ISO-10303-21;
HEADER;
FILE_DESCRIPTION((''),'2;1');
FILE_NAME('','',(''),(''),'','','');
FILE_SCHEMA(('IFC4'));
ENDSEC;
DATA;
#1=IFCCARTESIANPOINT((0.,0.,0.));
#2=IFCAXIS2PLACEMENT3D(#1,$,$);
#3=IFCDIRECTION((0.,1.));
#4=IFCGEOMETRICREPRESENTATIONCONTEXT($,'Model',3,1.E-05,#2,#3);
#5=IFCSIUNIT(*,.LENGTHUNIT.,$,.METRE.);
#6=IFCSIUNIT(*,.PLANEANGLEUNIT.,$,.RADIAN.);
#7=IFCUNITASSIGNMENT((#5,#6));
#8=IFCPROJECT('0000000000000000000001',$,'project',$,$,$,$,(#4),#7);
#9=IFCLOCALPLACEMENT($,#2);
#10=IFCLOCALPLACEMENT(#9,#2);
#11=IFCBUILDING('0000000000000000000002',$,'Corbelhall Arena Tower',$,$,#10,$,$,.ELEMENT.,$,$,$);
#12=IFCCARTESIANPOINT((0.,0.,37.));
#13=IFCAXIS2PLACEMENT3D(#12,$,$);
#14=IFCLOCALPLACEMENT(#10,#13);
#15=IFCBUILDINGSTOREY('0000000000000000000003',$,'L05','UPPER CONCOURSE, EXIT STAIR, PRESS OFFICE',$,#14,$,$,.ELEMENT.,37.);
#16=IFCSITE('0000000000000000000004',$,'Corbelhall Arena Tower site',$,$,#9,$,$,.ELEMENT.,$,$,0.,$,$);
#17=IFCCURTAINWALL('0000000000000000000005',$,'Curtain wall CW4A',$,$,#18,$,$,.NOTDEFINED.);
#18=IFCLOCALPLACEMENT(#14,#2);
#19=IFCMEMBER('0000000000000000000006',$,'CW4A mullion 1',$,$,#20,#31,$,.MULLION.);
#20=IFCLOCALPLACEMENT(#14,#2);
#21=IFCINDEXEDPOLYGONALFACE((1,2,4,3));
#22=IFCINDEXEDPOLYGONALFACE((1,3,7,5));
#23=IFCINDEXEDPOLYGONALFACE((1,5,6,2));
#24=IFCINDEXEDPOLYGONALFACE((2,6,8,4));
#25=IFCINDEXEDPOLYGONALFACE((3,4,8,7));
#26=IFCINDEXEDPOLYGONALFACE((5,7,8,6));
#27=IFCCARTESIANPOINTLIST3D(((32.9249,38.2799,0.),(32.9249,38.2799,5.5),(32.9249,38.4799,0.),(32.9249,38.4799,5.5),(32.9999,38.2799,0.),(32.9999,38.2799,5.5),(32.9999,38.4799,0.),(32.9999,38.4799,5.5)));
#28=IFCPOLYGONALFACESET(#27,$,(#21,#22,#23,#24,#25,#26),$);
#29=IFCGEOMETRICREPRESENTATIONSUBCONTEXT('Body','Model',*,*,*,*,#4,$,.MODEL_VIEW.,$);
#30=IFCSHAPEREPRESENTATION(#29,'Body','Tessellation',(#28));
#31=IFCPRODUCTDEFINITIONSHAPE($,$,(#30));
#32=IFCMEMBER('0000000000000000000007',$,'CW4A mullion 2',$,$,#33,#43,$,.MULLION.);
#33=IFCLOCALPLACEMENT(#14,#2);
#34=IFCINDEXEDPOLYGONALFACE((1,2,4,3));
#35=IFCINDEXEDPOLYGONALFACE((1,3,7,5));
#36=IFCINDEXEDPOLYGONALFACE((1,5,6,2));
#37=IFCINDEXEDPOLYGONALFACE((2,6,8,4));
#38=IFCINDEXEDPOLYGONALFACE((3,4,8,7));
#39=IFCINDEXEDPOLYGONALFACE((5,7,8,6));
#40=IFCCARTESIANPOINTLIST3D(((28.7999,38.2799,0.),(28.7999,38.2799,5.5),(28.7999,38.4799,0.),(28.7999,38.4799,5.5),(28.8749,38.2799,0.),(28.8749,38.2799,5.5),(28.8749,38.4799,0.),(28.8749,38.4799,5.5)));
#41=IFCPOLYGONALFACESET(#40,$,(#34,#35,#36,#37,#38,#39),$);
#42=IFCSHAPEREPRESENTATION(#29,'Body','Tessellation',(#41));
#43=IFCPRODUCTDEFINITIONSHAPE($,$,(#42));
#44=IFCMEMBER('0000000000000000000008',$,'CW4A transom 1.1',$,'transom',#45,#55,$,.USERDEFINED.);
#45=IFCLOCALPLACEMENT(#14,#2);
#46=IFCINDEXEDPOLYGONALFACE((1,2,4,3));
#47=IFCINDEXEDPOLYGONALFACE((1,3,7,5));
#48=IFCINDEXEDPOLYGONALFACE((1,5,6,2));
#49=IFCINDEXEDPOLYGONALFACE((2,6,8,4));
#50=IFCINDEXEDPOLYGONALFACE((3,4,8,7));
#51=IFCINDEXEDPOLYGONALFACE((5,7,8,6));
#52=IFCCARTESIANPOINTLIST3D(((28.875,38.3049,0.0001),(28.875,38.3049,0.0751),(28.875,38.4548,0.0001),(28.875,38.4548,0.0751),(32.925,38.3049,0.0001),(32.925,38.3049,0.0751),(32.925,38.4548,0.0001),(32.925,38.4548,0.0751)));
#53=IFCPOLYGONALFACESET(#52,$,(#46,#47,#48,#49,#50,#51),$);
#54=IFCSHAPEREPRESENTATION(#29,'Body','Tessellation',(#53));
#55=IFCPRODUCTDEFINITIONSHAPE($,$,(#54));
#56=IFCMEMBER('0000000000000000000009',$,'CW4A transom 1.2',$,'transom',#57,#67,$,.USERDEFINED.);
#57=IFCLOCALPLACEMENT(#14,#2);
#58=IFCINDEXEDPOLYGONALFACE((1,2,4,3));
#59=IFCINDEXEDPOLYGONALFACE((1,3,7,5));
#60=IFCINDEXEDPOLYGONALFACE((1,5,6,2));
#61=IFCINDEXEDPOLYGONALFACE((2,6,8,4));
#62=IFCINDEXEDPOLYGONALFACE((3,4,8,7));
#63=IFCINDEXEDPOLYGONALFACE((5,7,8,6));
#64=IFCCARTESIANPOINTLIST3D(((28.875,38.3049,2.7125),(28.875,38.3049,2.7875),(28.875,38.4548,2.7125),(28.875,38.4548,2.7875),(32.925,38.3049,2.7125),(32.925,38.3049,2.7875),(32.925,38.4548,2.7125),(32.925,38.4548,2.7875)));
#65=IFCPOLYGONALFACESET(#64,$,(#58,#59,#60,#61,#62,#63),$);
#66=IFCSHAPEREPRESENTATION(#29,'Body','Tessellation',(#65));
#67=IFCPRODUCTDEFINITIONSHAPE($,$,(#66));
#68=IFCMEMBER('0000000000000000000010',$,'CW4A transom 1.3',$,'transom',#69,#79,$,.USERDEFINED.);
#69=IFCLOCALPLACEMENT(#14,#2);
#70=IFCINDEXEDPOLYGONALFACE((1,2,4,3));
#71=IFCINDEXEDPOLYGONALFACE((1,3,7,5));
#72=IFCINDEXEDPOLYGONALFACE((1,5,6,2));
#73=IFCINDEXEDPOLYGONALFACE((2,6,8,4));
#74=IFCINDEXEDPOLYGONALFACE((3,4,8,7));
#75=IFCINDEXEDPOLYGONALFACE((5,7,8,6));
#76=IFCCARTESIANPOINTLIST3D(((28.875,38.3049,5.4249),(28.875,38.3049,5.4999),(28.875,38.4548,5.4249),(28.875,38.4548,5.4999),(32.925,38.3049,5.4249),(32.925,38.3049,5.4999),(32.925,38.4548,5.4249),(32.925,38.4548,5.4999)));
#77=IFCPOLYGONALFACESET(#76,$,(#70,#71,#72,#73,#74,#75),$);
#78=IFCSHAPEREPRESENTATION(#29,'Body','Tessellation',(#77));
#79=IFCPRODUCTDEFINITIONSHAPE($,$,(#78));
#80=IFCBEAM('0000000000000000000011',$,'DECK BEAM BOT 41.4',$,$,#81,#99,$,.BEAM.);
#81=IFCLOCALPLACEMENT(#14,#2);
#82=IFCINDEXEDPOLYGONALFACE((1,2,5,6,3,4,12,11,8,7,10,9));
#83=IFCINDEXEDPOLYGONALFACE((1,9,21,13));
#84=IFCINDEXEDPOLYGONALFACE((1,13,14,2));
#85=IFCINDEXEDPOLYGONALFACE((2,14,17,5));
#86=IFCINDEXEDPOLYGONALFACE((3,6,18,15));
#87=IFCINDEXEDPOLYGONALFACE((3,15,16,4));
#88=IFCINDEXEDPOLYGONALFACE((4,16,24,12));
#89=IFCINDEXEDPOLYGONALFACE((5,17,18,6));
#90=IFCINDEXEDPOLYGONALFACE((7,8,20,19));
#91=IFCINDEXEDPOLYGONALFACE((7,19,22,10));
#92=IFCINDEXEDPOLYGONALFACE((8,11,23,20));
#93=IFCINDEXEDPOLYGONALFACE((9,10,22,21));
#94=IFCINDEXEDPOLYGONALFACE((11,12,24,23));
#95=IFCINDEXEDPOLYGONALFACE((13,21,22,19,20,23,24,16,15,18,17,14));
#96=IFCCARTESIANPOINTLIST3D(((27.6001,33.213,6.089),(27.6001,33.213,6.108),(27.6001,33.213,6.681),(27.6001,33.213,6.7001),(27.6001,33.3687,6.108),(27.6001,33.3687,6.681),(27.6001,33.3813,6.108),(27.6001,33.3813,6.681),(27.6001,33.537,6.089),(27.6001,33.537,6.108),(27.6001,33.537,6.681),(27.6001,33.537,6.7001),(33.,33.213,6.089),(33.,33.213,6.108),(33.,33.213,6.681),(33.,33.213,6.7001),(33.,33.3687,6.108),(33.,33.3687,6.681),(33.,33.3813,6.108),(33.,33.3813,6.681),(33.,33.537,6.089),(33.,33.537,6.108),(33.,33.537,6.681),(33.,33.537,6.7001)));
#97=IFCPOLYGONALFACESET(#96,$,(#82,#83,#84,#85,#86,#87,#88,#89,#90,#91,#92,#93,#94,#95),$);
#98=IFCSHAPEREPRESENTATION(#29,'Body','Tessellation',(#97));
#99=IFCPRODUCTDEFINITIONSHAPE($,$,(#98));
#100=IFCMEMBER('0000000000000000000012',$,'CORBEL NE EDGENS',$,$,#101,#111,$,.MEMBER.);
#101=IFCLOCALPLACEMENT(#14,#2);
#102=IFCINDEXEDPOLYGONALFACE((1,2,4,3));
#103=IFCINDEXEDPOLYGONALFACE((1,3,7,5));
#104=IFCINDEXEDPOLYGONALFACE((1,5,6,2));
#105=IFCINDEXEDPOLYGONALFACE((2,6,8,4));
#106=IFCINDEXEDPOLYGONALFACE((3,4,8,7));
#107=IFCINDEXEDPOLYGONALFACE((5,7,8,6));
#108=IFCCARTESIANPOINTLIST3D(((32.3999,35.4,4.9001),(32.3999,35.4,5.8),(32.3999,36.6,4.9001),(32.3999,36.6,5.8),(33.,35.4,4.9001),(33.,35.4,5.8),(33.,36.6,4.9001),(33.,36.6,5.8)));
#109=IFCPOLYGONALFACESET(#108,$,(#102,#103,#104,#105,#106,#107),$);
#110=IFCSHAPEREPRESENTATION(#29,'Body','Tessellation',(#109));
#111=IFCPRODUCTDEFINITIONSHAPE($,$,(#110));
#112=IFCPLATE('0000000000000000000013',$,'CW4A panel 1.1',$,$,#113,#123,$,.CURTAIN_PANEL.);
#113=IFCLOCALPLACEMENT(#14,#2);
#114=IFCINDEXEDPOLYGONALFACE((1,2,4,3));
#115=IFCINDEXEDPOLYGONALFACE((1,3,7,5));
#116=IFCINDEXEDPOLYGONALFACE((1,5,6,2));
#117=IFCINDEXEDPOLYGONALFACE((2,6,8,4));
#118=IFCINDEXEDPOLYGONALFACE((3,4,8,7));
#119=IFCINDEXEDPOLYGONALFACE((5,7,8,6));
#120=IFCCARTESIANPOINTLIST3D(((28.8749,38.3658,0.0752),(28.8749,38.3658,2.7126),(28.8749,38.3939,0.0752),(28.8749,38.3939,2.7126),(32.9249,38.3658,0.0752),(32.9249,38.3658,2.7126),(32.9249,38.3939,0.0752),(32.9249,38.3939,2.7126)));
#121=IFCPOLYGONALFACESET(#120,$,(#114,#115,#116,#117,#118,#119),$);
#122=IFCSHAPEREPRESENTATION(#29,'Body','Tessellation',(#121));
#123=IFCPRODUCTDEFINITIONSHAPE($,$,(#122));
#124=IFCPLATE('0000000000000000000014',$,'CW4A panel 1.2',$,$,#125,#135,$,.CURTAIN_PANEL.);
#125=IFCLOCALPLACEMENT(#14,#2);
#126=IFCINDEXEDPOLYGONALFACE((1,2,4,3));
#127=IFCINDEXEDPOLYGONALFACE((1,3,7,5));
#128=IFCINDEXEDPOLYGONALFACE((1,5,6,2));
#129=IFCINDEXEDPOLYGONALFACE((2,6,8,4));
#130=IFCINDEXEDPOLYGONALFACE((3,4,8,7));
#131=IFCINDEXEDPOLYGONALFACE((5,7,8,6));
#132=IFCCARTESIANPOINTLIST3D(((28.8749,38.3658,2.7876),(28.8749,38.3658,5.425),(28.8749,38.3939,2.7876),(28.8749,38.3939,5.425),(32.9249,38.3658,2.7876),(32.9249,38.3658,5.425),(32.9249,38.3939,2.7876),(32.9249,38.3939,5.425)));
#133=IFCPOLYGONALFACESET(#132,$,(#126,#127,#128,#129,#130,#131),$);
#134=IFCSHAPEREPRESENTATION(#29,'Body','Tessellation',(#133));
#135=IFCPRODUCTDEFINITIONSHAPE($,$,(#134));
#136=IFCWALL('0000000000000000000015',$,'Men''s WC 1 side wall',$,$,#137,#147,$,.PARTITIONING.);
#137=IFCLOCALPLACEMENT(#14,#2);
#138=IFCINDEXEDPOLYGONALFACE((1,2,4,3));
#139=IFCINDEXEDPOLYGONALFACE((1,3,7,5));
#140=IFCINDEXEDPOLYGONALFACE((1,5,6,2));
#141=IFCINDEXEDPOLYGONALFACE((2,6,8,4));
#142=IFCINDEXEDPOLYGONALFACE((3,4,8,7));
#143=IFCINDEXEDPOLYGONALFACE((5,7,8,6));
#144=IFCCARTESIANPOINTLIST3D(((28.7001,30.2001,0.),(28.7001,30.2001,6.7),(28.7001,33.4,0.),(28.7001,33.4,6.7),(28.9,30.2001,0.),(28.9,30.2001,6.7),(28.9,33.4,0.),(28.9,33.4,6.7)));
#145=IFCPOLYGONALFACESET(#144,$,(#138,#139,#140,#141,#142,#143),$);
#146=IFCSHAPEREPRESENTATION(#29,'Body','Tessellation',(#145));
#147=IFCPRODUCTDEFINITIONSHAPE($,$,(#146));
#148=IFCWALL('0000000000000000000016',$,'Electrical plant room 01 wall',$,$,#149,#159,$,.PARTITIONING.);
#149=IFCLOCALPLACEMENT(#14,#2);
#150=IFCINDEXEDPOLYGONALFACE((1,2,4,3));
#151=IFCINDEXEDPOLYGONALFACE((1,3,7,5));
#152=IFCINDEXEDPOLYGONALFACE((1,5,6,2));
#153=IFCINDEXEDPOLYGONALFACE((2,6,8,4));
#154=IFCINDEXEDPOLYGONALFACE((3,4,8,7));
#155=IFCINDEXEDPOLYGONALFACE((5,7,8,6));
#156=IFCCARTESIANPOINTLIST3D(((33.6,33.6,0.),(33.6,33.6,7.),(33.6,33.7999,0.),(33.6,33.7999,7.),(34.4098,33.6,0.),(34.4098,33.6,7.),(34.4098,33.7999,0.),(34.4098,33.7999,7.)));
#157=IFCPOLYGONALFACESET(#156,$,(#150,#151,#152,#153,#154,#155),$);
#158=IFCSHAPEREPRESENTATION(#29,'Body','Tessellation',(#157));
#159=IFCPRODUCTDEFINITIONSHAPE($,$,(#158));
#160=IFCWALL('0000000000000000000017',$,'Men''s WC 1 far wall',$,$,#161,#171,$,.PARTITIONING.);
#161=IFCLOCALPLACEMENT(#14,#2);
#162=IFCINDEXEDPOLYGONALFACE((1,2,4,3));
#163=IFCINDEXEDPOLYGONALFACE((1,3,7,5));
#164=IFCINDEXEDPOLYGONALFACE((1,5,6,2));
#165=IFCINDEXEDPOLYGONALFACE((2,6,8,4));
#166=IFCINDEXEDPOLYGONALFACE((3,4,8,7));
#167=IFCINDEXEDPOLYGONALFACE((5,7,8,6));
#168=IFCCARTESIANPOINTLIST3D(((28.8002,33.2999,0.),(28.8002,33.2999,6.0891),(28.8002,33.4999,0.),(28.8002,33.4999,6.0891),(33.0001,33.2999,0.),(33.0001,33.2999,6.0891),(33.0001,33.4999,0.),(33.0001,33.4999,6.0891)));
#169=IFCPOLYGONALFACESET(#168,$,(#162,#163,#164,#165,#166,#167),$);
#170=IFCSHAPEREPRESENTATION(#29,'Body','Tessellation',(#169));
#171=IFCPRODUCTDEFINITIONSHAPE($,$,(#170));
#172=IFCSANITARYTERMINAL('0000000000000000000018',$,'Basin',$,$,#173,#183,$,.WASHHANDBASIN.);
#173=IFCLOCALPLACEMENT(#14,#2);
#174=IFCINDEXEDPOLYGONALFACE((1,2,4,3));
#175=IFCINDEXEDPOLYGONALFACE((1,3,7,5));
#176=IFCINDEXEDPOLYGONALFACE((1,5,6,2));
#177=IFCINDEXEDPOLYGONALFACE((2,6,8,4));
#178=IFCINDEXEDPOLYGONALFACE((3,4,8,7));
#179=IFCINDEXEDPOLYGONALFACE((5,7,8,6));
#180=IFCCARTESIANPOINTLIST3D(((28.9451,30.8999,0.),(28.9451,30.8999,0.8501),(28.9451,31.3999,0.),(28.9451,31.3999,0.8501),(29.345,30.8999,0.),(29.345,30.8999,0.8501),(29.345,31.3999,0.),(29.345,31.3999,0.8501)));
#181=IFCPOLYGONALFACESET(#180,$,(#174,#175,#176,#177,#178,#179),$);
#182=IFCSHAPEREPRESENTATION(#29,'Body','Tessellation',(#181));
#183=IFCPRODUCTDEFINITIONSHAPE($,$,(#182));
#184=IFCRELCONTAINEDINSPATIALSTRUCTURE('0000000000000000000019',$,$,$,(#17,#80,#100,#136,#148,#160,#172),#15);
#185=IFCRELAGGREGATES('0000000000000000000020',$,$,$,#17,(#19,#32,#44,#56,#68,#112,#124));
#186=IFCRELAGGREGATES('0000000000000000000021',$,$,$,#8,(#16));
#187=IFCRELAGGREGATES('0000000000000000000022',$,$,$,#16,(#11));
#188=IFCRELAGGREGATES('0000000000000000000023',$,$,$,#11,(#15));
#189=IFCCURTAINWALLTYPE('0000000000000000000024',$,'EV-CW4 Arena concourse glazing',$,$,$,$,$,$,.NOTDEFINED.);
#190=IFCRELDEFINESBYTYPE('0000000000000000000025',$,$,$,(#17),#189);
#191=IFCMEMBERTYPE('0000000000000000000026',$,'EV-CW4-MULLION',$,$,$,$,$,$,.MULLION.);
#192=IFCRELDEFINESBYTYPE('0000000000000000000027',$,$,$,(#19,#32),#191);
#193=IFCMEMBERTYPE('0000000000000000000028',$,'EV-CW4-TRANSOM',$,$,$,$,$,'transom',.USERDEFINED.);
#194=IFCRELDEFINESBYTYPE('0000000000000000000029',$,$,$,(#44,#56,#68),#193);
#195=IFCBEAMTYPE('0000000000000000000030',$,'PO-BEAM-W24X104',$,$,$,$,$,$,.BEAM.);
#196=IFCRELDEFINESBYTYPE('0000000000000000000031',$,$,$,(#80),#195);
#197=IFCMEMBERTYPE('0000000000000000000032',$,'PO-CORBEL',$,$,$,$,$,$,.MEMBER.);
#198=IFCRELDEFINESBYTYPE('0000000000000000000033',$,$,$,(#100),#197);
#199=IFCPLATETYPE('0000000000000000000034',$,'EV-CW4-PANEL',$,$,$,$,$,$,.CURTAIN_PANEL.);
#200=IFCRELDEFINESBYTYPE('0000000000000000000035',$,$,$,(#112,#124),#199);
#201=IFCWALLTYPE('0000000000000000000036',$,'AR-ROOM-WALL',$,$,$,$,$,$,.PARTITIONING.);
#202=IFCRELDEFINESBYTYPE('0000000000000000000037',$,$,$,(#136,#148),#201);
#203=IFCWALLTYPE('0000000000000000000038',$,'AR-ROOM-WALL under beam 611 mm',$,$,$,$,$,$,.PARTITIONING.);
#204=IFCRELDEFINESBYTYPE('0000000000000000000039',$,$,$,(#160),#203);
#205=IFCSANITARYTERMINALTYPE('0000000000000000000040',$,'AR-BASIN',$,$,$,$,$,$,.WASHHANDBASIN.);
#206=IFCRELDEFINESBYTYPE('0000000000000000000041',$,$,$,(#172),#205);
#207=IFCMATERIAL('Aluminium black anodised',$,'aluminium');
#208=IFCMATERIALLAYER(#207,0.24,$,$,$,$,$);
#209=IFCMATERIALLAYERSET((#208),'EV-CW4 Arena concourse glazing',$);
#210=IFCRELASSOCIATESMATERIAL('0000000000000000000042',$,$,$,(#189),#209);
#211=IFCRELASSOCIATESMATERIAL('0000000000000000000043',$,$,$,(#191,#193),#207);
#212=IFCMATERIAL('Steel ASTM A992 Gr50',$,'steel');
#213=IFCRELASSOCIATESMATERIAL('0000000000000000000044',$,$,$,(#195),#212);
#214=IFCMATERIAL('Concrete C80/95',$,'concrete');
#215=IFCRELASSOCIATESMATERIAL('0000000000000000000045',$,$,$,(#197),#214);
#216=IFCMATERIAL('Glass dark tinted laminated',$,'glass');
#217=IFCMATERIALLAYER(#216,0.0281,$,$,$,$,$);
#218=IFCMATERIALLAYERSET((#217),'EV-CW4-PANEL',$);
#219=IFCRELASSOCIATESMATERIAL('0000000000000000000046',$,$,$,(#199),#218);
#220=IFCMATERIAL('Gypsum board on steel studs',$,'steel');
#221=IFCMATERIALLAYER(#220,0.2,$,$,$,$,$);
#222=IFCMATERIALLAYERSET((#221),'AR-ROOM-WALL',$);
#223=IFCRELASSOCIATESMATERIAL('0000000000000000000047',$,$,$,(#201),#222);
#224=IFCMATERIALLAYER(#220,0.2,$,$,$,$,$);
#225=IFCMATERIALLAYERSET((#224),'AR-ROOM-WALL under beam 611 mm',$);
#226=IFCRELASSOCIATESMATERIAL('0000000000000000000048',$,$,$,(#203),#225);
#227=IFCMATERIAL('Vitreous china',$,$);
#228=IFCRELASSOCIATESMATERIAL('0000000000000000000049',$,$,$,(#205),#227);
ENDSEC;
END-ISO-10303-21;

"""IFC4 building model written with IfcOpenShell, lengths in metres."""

from ifc_helpers import new_model, si_unit, direction, frame, frame_2d, origin, origin_2d, place, context, subcontext, project, spatial, rectangle, i_section, extrude, material, layer, layer_set, material_profile, profile_set, type_object, element, aggregate, save


model = new_model("IFC4")

# Units and contexts
model_context = context("Model", 3, precision=1e-05, world=origin(), true_north=direction((0.0, 1.0)))
body_context = subcontext(model_context, "Body", "Model", "MODEL_VIEW")
ifc_project = project(units=[si_unit("LENGTHUNIT", "METRE"), si_unit("PLANEANGLEUNIT", "RADIAN")], contexts=[model_context])

# Site, building, storey
site_placement = place(None, origin())
site = spatial("IfcSite", under=ifc_project, at=site_placement, Name="Corbelhall Arena Tower site", CompositionType="ELEMENT", RefElevation=0.0)
building_placement = place(site_placement, origin())
building = spatial("IfcBuilding", under=site, at=building_placement, Name="Corbelhall Arena Tower", CompositionType="ELEMENT")
storey_placement = place(building_placement, frame((0.0, 0.0, 37.0)))
storey = spatial("IfcBuildingStorey", under=building, at=storey_placement, Name="L05", Description="UPPER CONCOURSE, EXIT STAIR, PRESS OFFICE", CompositionType="ELEMENT", Elevation=37.0)

# Curtain wall, members
ifc_material_1 = material(Name="Aluminium black anodised", Category="aluminium")
ifc_layer_1 = layer(ifc_material_1, 0.24)
ifc_layer_set_1 = layer_set([ifc_layer_1], Name="EV-CW4 Arena concourse glazing")
curtain_wall_type = type_object("IfcCurtainWallType", Name="EV-CW4 Arena concourse glazing", PredefinedType="NOTDEFINED", material=ifc_layer_set_1)
curtain_wall_placement = place(storey_placement, origin())
curtain_wall = element("IfcCurtainWall", 1, at=curtain_wall_placement, inside=storey, type_object=curtain_wall_type, Name="Curtain wall CW4A", PredefinedType="NOTDEFINED")
ifc_material_profile_1 = material_profile(ifc_material_1, rectangle(XDim=0.2, YDim=0.075, at=origin_2d()))
ifc_profile_set_1 = profile_set([ifc_material_profile_1], Name="Aluminium black anodised")
member_type_1 = type_object("IfcMemberType", Name="EV-CW4-MULLION", PredefinedType="MULLION", material=ifc_profile_set_1)
member_1_placement = place(storey_placement, frame((32.9624, 38.3799, 0.0), z_axis=(0.0, 0.0, 1.0), x_axis=(0.0, -1.0, 0.0)))
member_1 = element("IfcMember", 2, at=member_1_placement, type_object=member_type_1, Name="CW4A mullion 1", PredefinedType="MULLION", context=body_context, shape_type="SweptSolid", body=[
    extrude(rectangle(XDim=0.2, YDim=0.075, at=origin_2d()), origin(), (0.0, 0.0, 1.0), 5.5),
])
member_2_placement = place(storey_placement, frame((28.8374, 38.3799, 0.0), z_axis=(0.0, 0.0, 1.0), x_axis=(0.0, -1.0, 0.0)))
member_2 = element("IfcMember", 3, at=member_2_placement, type_object=member_type_1, Name="CW4A mullion 2", PredefinedType="MULLION", context=body_context, shape_type="SweptSolid", body=[
    extrude(rectangle(XDim=0.2, YDim=0.075, at=origin_2d()), origin(), (0.0, 0.0, 1.0), 5.5),
])
ifc_material_profile_2 = material_profile(ifc_material_1, rectangle(XDim=0.1499, YDim=0.075, at=origin_2d()))
ifc_profile_set_2 = profile_set([ifc_material_profile_2], Name="Aluminium black anodised")
member_type_2 = type_object("IfcMemberType", Name="EV-CW4-TRANSOM", ElementType="transom", PredefinedType="USERDEFINED", material=ifc_profile_set_2)
member_3_placement = place(storey_placement, frame((32.925, 38.3799, 0.0376), z_axis=(-1.0, 0.0, 0.0), x_axis=(0.0, -1.0, 0.0)))
member_3 = element("IfcMember", 4, at=member_3_placement, type_object=member_type_2, Name="CW4A transom 1.1", ObjectType="transom", PredefinedType="USERDEFINED", context=body_context, shape_type="SweptSolid", body=[
    extrude(rectangle(XDim=0.1499, YDim=0.075, at=origin_2d()), origin(), (0.0, 0.0, 1.0), 4.05),
])
member_4_placement = place(storey_placement, frame((32.925, 38.3799, 2.75), z_axis=(-1.0, 0.0, 0.0), x_axis=(0.0, -1.0, 0.0)))
member_4 = element("IfcMember", 5, at=member_4_placement, type_object=member_type_2, Name="CW4A transom 1.2", ObjectType="transom", PredefinedType="USERDEFINED", context=body_context, shape_type="SweptSolid", body=[
    extrude(rectangle(XDim=0.1499, YDim=0.075, at=origin_2d()), origin(), (0.0, 0.0, 1.0), 4.05),
])
member_5_placement = place(storey_placement, frame((32.925, 38.3799, 5.4624), z_axis=(-1.0, 0.0, 0.0), x_axis=(0.0, -1.0, 0.0)))
member_5 = element("IfcMember", 6, at=member_5_placement, type_object=member_type_2, Name="CW4A transom 1.3", ObjectType="transom", PredefinedType="USERDEFINED", context=body_context, shape_type="SweptSolid", body=[
    extrude(rectangle(XDim=0.1499, YDim=0.075, at=origin_2d()), origin(), (0.0, 0.0, 1.0), 4.05),
])

# Beam
ifc_material_2 = material(Name="Steel ASTM A992 Gr50", Category="steel")
ifc_material_profile_3 = material_profile(ifc_material_2, i_section(OverallWidth=0.324, OverallDepth=0.6111, WebThickness=0.0127, FlangeThickness=0.019, at=origin_2d()))
ifc_profile_set_3 = profile_set([ifc_material_profile_3], Name="Steel ASTM A992 Gr50")
beam_type = type_object("IfcBeamType", Name="PO-BEAM-W24X104", PredefinedType="BEAM", material=ifc_profile_set_3)
beam_placement = place(storey_placement, frame((27.6001, 33.375, 6.3945), z_axis=(1.0, 0.0, 0.0), x_axis=(0.0, 1.0, 0.0)))
element("IfcBeam", 7, at=beam_placement, inside=storey, type_object=beam_type, Name="DECK BEAM BOT 41.4", PredefinedType="BEAM", context=body_context, shape_type="SweptSolid", body=[
    extrude(i_section(OverallWidth=0.324, OverallDepth=0.6111, WebThickness=0.0127, FlangeThickness=0.019, at=origin_2d()), origin(), (0.0, 0.0, 1.0), 5.3999),
])

# Member
ifc_material_3 = material(Name="Concrete C80/95", Category="concrete")
ifc_material_profile_4 = material_profile(ifc_material_3, rectangle(XDim=1.2, YDim=0.8999, at=origin_2d()))
ifc_profile_set_4 = profile_set([ifc_material_profile_4], Name="Concrete C80/95")
member_type_3 = type_object("IfcMemberType", Name="PO-CORBEL", PredefinedType="MEMBER", material=ifc_profile_set_4)
member_6_placement = place(storey_placement, frame((33.0, 36.0, 5.3501), z_axis=(-1.0, 0.0, 0.0), x_axis=(0.0, -1.0, 0.0)))
element("IfcMember", 8, at=member_6_placement, inside=storey, type_object=member_type_3, Name="CORBEL NE EDGENS", PredefinedType="MEMBER", context=body_context, shape_type="SweptSolid", body=[
    extrude(rectangle(XDim=1.2, YDim=0.8999, at=origin_2d()), origin(), (0.0, 0.0, 1.0), 0.6001),
])

# Plates
ifc_material_4 = material(Name="Glass dark tinted laminated", Category="glass")
ifc_layer_2 = layer(ifc_material_4, 0.0281)
ifc_layer_set_2 = layer_set([ifc_layer_2], Name="EV-CW4-PANEL")
plate_type = type_object("IfcPlateType", Name="EV-CW4-PANEL", PredefinedType="CURTAIN_PANEL", material=ifc_layer_set_2)
plate_1_placement = place(storey_placement, frame((30.8999, 38.3799, 0.0752), z_axis=(0.0, 0.0, 1.0), x_axis=(-1.0, 0.0, 0.0)))
plate_1 = element("IfcPlate", 9, at=plate_1_placement, type_object=plate_type, Name="CW4A panel 1.1", PredefinedType="CURTAIN_PANEL", context=body_context, shape_type="SweptSolid", body=[
    extrude(rectangle(XDim=4.05, YDim=0.0281, at=origin_2d()), origin(), (0.0, 0.0, 1.0), 2.6375),
])
plate_2_placement = place(storey_placement, frame((30.8999, 38.3799, 2.7876), z_axis=(0.0, 0.0, 1.0), x_axis=(-1.0, 0.0, 0.0)))
plate_2 = element("IfcPlate", 10, at=plate_2_placement, type_object=plate_type, Name="CW4A panel 1.2", PredefinedType="CURTAIN_PANEL", context=body_context, shape_type="SweptSolid", body=[
    extrude(rectangle(XDim=4.05, YDim=0.0281, at=origin_2d()), origin(), (0.0, 0.0, 1.0), 2.6375),
])
aggregate(curtain_wall, [member_1, member_2, member_3, member_4, member_5, plate_1, plate_2])

# Shared definitions
ifc_material_5 = material(Name="Gypsum board on steel studs", Category="steel")
ifc_layer_3 = layer(ifc_material_5, 0.2)
ifc_layer_set_3 = layer_set([ifc_layer_3], Name="AR-ROOM-WALL")
wall_type_1 = type_object("IfcWallType", Name="AR-ROOM-WALL", PredefinedType="PARTITIONING", material=ifc_layer_set_3)

# Walls
wall_1_placement = place(storey_placement, frame((28.8, 30.2, 0.0), z_axis=(0.0, 0.0, 1.0), x_axis=(0.0, 1.0, 0.0)))
element("IfcWall", 11, at=wall_1_placement, inside=storey, type_object=wall_type_1, Name="Men's WC 1 side wall", PredefinedType="PARTITIONING", context=body_context, shape_type="SweptSolid", body=[
    extrude(rectangle(XDim=3.2, YDim=0.2, at=frame_2d((1.6001, 0.0))), origin(), (0.0, 0.0, 1.0), 6.7),
])
wall_2_placement = place(storey_placement, frame((33.6001, 33.7, 0.0), z_axis=(0.0, 0.0, 1.0), x_axis=(1.0, 0.0, 0.0)))
element("IfcWall", 12, at=wall_2_placement, inside=storey, type_object=wall_type_1, Name="Electrical plant room 01 wall", PredefinedType="PARTITIONING", context=body_context, shape_type="SweptSolid", body=[
    extrude(rectangle(XDim=0.8098, YDim=0.2, at=frame_2d((0.4048, 0.0))), origin(), (0.0, 0.0, 1.0), 7.0),
])
ifc_layer_4 = layer(ifc_material_5, 0.2)
ifc_layer_set_4 = layer_set([ifc_layer_4], Name="AR-ROOM-WALL under beam 611 mm")
wall_type_2 = type_object("IfcWallType", Name="AR-ROOM-WALL under beam 611 mm", PredefinedType="PARTITIONING", material=ifc_layer_set_4)
wall_3_placement = place(storey_placement, frame((28.8, 33.3999, 0.0), z_axis=(0.0, 0.0, 1.0), x_axis=(1.0, 0.0, 0.0)))
element("IfcWall", 13, at=wall_3_placement, inside=storey, type_object=wall_type_2, Name="Men's WC 1 far wall", PredefinedType="PARTITIONING", context=body_context, shape_type="SweptSolid", body=[
    extrude(rectangle(XDim=4.2, YDim=0.2, at=frame_2d((2.1001, 0.0))), origin(), (0.0, 0.0, 1.0), 6.0891),
])

# Sanitary terminal
ifc_material_6 = material(Name="Vitreous china")
sanitary_terminal_type_1 = type_object("IfcSanitaryTerminalType", Name="AR-BASIN", PredefinedType="WASHHANDBASIN", material=ifc_material_6)
for number, where, z_axis, x_axis, name in (
    (14, (29.145, 31.1499, 0.0), (0.0, 0.0, 1.0), (1.0, 0.0, 0.0), "Basin"),
):
    element("IfcSanitaryTerminal", number, at=place(storey_placement, frame(where, z_axis=z_axis, x_axis=x_axis)), inside=storey, type_object=sanitary_terminal_type_1, Name=name, PredefinedType="WASHHANDBASIN", context=body_context, shape_type="SweptSolid", body=[
        extrude(rectangle(XDim=0.3999, YDim=0.5, at=origin_2d()), origin(), (0.0, 0.0, 1.0), 0.8501),
    ])

save(model, "model.ifc")
